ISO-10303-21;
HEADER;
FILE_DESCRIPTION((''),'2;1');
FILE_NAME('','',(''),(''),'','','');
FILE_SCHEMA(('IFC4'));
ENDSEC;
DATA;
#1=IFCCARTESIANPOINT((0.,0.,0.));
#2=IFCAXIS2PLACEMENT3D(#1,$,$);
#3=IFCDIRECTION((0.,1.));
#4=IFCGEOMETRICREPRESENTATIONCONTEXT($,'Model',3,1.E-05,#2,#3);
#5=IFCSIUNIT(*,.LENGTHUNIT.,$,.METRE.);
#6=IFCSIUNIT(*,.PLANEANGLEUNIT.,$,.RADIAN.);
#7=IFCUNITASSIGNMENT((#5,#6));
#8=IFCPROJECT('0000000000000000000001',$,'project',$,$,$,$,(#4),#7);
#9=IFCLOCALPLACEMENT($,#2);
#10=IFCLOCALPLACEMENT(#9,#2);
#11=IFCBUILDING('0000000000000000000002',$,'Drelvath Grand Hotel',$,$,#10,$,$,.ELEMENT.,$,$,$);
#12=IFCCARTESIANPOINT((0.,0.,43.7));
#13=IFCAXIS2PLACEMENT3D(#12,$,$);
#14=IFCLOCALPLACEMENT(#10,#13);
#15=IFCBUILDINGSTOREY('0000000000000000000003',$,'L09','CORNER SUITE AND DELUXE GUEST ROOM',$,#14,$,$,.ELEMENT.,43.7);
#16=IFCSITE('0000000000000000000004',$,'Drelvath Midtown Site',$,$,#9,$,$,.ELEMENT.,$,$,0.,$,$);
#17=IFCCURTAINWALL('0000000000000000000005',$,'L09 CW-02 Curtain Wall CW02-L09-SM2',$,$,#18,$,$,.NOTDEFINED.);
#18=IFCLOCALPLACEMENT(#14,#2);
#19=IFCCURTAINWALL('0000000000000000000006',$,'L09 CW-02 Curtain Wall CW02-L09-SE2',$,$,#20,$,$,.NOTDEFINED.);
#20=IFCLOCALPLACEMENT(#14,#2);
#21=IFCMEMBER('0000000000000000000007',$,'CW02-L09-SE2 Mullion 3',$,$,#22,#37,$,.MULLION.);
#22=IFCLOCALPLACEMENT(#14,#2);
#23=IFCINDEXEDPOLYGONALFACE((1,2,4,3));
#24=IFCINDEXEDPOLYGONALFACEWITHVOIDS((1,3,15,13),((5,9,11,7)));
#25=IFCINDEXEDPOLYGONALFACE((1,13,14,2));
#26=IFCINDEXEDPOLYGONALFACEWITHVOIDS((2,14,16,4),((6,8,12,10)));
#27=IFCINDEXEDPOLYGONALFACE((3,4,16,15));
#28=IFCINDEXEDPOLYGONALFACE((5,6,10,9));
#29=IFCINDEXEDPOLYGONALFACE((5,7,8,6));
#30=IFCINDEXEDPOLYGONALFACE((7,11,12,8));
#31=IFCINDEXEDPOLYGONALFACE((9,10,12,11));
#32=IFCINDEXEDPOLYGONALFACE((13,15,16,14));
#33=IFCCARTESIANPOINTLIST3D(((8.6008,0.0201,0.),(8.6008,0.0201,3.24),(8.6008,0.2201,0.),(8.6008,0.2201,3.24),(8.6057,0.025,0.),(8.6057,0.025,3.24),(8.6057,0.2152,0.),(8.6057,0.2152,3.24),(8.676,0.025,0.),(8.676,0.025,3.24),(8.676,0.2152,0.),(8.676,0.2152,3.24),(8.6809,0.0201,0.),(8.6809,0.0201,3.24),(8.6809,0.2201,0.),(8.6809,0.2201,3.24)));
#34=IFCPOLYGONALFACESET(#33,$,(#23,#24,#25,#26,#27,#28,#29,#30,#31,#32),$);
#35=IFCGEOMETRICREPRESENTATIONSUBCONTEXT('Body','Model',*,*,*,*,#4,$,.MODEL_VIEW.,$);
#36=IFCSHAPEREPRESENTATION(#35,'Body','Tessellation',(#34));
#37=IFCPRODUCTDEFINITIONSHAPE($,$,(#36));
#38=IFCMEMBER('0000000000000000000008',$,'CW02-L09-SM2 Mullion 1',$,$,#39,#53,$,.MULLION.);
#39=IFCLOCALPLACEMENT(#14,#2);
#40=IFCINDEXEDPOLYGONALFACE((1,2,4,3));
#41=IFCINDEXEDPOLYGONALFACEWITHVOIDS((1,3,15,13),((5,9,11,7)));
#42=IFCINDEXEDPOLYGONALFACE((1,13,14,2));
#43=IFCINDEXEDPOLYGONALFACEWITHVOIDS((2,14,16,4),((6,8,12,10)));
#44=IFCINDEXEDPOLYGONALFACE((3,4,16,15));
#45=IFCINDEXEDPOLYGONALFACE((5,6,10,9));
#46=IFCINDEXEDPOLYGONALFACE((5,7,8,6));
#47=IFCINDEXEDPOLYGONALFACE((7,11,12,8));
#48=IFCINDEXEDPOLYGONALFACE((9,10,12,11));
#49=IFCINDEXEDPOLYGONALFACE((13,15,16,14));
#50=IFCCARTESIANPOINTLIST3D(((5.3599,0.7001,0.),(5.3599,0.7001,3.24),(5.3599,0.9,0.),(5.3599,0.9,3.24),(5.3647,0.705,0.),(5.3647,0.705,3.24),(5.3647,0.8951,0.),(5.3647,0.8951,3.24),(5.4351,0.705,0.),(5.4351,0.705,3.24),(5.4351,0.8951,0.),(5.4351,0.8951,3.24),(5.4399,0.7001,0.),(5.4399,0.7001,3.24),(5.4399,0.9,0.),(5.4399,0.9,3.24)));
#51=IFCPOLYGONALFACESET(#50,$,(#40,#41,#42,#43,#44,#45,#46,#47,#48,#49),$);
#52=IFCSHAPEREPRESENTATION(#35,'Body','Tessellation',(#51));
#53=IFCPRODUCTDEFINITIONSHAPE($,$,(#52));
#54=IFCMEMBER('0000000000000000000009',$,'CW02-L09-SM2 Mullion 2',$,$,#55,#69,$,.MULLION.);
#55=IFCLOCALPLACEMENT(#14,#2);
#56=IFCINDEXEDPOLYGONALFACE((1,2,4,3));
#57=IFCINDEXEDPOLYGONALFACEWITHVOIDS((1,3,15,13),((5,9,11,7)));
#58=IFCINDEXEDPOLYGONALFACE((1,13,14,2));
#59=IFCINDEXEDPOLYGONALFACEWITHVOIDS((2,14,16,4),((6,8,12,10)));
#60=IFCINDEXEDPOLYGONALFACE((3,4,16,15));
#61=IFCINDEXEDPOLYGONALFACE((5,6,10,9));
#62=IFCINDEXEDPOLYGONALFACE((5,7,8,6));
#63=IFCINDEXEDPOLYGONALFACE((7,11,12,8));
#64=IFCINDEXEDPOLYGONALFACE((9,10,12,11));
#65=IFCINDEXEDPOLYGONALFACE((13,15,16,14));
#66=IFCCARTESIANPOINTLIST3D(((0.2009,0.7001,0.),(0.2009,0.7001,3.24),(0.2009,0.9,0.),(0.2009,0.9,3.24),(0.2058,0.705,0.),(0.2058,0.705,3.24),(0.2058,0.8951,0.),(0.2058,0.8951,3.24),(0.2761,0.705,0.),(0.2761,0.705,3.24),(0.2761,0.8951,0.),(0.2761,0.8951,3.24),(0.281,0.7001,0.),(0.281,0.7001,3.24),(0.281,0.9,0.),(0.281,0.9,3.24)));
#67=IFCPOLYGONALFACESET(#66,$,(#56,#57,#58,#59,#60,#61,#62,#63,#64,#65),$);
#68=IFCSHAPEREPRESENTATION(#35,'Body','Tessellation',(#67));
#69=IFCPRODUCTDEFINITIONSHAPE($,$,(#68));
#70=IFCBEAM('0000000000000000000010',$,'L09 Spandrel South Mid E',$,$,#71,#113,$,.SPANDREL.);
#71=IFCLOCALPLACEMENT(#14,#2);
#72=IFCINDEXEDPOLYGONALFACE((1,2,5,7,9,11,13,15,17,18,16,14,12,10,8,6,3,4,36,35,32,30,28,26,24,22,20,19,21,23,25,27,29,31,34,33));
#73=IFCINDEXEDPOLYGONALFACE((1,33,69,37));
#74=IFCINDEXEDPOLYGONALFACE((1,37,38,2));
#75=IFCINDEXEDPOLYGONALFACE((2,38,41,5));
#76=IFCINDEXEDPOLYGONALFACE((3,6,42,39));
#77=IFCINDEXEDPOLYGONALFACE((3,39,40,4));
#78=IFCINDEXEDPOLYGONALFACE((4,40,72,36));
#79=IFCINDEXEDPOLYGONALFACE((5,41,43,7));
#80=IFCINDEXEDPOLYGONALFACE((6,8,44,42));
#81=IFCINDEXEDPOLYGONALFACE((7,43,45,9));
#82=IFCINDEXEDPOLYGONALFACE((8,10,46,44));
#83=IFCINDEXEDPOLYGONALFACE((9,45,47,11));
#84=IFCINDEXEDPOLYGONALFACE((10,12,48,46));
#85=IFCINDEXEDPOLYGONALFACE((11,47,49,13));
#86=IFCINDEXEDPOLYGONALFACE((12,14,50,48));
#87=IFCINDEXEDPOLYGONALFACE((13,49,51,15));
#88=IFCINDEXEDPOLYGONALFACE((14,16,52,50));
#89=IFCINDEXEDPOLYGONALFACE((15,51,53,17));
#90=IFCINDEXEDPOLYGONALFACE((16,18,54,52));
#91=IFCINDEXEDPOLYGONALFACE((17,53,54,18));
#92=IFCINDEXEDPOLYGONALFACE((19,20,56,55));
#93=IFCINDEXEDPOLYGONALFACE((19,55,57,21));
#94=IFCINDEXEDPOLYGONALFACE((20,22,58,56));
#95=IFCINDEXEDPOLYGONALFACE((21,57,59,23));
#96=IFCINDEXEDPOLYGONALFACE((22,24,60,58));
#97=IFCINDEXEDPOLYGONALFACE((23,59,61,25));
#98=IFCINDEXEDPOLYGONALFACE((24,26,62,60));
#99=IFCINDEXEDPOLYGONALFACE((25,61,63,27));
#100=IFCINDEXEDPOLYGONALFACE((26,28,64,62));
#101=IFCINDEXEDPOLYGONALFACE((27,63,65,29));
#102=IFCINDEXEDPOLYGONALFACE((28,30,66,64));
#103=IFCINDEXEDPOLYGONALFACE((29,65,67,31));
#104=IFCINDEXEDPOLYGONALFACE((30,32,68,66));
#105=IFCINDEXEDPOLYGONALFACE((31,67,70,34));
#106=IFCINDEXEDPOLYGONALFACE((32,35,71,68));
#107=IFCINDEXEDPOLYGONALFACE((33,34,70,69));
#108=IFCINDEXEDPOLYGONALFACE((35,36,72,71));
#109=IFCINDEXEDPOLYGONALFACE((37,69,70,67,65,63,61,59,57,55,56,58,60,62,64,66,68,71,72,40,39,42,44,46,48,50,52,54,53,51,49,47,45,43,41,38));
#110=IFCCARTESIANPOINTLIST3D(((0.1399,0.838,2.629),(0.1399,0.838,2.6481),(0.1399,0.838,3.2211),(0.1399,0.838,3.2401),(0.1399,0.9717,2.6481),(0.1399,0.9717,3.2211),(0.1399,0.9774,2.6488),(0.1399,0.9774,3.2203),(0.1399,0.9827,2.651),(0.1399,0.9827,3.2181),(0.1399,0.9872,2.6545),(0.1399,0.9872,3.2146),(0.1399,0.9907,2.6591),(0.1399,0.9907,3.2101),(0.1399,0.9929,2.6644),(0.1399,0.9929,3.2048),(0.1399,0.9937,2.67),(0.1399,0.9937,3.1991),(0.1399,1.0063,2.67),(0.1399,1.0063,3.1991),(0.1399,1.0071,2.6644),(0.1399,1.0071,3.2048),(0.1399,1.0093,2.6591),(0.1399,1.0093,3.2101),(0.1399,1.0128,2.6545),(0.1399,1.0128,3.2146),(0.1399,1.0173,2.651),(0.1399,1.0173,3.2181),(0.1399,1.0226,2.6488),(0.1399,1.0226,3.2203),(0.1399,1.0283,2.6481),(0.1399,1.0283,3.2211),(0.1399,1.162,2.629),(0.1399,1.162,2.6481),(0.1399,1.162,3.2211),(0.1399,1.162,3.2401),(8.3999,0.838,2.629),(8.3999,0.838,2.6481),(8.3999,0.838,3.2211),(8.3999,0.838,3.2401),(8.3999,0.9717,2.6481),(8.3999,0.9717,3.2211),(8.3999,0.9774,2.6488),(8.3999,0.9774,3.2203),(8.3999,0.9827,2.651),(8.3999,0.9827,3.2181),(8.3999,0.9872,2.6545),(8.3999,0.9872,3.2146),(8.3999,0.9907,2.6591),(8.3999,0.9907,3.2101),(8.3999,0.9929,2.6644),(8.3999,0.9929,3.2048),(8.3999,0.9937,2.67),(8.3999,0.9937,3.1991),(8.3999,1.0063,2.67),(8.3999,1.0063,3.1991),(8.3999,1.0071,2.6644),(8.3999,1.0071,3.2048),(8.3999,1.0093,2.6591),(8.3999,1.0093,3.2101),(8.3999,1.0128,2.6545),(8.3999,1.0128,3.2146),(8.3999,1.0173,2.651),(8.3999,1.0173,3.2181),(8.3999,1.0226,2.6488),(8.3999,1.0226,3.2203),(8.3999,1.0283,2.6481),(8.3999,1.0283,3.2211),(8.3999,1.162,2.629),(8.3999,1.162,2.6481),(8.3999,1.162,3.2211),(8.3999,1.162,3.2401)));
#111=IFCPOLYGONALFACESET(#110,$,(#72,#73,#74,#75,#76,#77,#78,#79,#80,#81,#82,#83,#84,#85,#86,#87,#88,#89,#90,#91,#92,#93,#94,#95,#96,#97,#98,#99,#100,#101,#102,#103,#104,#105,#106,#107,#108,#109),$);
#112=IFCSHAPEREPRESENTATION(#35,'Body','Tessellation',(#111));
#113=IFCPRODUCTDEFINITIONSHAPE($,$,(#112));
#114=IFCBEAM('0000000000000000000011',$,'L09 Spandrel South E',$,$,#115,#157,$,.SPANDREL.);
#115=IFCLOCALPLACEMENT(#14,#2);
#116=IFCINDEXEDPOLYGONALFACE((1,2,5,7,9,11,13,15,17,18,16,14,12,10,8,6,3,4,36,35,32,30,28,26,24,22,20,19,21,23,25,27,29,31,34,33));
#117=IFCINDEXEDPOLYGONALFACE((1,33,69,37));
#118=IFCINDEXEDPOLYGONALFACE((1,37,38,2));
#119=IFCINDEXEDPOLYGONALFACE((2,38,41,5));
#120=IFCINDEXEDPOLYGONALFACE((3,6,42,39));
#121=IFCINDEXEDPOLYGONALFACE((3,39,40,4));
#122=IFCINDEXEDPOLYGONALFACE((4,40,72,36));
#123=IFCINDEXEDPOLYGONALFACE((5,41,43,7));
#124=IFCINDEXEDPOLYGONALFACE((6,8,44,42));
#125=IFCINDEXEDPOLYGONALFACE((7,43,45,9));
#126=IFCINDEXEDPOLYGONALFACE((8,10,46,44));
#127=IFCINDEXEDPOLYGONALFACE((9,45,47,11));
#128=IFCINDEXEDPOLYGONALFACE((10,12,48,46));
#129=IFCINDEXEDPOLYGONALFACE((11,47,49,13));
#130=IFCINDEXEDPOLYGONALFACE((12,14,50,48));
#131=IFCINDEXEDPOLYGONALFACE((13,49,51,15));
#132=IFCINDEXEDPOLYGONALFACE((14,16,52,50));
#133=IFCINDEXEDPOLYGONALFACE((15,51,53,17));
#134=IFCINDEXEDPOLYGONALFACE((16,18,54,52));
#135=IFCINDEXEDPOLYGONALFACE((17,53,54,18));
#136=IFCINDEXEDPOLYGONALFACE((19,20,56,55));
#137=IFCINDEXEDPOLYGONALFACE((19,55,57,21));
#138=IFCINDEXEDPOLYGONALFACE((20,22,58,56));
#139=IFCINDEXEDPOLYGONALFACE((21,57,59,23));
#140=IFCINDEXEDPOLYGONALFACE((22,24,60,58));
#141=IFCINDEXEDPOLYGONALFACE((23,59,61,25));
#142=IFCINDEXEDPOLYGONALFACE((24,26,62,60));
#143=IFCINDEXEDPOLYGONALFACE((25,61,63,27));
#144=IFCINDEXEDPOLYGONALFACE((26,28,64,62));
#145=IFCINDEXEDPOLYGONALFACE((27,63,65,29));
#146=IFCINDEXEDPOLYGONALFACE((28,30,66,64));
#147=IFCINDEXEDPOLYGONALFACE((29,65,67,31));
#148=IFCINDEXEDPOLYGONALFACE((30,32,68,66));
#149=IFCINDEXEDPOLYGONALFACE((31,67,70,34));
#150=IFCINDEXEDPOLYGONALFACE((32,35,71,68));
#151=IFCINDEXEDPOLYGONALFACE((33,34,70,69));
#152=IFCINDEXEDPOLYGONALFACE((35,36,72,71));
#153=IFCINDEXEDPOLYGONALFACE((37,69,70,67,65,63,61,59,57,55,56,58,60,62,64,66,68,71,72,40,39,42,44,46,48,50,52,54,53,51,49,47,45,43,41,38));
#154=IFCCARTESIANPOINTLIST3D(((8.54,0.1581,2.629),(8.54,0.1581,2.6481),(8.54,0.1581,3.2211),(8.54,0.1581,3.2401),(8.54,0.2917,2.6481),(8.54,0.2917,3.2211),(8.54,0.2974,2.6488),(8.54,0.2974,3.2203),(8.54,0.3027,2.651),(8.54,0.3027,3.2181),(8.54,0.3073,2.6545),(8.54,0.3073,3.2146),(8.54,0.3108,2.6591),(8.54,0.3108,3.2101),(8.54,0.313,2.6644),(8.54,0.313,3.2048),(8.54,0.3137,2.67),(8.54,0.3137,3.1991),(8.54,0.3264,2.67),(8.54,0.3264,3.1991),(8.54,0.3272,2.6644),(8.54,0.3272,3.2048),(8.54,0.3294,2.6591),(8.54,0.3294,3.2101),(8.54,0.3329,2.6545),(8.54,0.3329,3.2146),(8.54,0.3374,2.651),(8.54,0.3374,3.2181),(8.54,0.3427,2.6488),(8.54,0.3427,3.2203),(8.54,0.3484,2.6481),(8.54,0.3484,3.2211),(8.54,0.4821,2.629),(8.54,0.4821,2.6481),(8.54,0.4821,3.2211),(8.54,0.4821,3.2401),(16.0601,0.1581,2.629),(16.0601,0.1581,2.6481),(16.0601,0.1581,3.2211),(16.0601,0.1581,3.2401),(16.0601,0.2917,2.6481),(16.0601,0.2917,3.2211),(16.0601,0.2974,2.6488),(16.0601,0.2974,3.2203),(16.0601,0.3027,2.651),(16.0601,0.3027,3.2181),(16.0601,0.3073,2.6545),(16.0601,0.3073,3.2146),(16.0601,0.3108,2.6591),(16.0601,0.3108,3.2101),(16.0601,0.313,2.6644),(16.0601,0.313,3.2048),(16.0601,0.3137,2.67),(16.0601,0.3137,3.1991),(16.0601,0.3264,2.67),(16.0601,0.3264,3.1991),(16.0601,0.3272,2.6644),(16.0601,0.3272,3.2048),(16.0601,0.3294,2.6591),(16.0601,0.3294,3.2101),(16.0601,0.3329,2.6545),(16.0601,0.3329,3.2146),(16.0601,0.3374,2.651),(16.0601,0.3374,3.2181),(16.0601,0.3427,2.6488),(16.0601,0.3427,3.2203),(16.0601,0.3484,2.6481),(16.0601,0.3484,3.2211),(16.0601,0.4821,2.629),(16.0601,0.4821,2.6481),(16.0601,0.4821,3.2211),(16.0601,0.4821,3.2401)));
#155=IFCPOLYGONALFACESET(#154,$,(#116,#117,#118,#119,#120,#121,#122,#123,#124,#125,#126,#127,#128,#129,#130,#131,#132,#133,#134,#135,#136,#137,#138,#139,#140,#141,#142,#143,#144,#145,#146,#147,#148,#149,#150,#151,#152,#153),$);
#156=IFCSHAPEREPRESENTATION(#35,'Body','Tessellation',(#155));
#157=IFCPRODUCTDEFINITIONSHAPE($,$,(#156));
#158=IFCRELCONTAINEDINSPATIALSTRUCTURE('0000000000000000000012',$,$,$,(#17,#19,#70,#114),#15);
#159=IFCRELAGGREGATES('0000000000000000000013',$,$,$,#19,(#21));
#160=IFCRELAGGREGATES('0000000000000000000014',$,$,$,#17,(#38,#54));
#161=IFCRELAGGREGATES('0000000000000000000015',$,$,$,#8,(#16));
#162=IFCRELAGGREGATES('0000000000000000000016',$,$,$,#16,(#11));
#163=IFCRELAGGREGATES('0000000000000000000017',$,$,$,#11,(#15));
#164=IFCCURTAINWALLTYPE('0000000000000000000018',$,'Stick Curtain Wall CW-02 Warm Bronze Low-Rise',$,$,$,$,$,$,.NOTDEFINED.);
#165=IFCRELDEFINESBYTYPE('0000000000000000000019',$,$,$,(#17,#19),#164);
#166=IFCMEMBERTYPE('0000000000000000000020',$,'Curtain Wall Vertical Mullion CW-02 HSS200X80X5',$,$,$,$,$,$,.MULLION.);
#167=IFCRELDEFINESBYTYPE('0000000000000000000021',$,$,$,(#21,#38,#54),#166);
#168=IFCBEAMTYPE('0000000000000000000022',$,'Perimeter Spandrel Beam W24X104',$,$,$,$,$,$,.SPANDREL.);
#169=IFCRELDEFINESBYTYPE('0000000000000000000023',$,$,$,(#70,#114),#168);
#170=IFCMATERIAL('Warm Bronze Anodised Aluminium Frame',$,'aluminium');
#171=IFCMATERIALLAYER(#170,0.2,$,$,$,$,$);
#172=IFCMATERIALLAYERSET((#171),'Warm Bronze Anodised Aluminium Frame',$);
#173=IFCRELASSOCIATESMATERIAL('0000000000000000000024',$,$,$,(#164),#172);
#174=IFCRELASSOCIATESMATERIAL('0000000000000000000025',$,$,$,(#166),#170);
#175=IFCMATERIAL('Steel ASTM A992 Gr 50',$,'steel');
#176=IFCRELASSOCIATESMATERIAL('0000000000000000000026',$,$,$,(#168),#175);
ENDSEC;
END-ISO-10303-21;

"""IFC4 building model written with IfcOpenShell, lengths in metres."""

from ifc_helpers import new_model, si_unit, direction, frame, origin, origin_2d, place, context, subcontext, project, spatial, hollow_rectangle, i_section, extrude, material, layer, layer_set, material_profile, profile_set, type_object, element, aggregate, save


model = new_model("IFC4")

# Units and contexts
model_context = context("Model", 3, precision=1e-05, world=origin(), true_north=direction((0.0, 1.0)))
body_context = subcontext(model_context, "Body", "Model", "MODEL_VIEW")
ifc_project = project(units=[si_unit("LENGTHUNIT", "METRE"), si_unit("PLANEANGLEUNIT", "RADIAN")], contexts=[model_context])

# Site, building, storey
site_placement = place(None, origin())
site = spatial("IfcSite", under=ifc_project, at=site_placement, Name="Drelvath Midtown Site", CompositionType="ELEMENT", RefElevation=0.0)
building_placement = place(site_placement, origin())
building = spatial("IfcBuilding", under=site, at=building_placement, Name="Drelvath Grand Hotel", CompositionType="ELEMENT")
storey_placement = place(building_placement, frame((0.0, 0.0, 43.7)))
storey = spatial("IfcBuildingStorey", under=building, at=storey_placement, Name="L09", Description="CORNER SUITE AND DELUXE GUEST ROOM", CompositionType="ELEMENT", Elevation=43.7)

# Shared definitions
ifc_material_1 = material(Name="Steel ASTM A992 Gr 50", Category="steel")

# Curtain wall
ifc_material_2 = material(Name="Warm Bronze Anodised Aluminium Frame", Category="aluminium")
ifc_layer_1 = layer(ifc_material_2, 0.2)
ifc_layer_set_1 = layer_set([ifc_layer_1], Name="Warm Bronze Anodised Aluminium Frame")
curtain_wall_type = type_object("IfcCurtainWallType", Name="Stick Curtain Wall CW-02 Warm Bronze Low-Rise", PredefinedType="NOTDEFINED", material=ifc_layer_set_1)
curtain_wall_1_placement = place(storey_placement, origin())
curtain_wall_1 = element("IfcCurtainWall", 1, at=curtain_wall_1_placement, inside=storey, type_object=curtain_wall_type, Name="L09 CW-02 Curtain Wall CW02-L09-SM2", PredefinedType="NOTDEFINED")

# Shared definitions
ifc_material_profile_1 = material_profile(ifc_material_2, hollow_rectangle(XDim=0.0801, YDim=0.2, WallThickness=0.0049, at=origin_2d()), Name="HSS200X80X5")
ifc_profile_set_1 = profile_set([ifc_material_profile_1], Name="Warm Bronze Anodised Aluminium Frame")
member_type_1 = type_object("IfcMemberType", Name="Curtain Wall Vertical Mullion CW-02 HSS200X80X5", PredefinedType="MULLION", material=ifc_profile_set_1)

# Curtain wall, member
curtain_wall_2_placement = place(storey_placement, origin())
curtain_wall_2 = element("IfcCurtainWall", 2, at=curtain_wall_2_placement, inside=storey, type_object=curtain_wall_type, Name="L09 CW-02 Curtain Wall CW02-L09-SE2", PredefinedType="NOTDEFINED")
member_1_placement = place(storey_placement, frame((8.6409, 0.1201, 0.0), z_axis=(0.0, 0.0, 1.0), x_axis=(1.0, 0.0, 0.0)))
member_1 = element("IfcMember", 3, at=member_1_placement, type_object=member_type_1, Name="CW02-L09-SE2 Mullion 3", PredefinedType="MULLION", context=body_context, shape_type="SweptSolid", body=[
    extrude(hollow_rectangle(XDim=0.0801, YDim=0.2, WallThickness=0.0049, at=origin_2d()), origin(), (0.0, 0.0, 1.0), 3.24),
])

# Members
member_2_placement = place(storey_placement, frame((5.3999, 0.8, 0.0), z_axis=(0.0, 0.0, 1.0), x_axis=(1.0, 0.0, 0.0)))
member_2 = element("IfcMember", 4, at=member_2_placement, type_object=member_type_1, Name="CW02-L09-SM2 Mullion 1", PredefinedType="MULLION", context=body_context, shape_type="SweptSolid", body=[
    extrude(hollow_rectangle(XDim=0.0801, YDim=0.2, WallThickness=0.0049, at=origin_2d()), origin(), (0.0, 0.0, 1.0), 3.24),
])
member_3_placement = place(storey_placement, frame((0.241, 0.8, 0.0), z_axis=(0.0, 0.0, 1.0), x_axis=(1.0, 0.0, 0.0)))
member_3 = element("IfcMember", 5, at=member_3_placement, type_object=member_type_1, Name="CW02-L09-SM2 Mullion 2", PredefinedType="MULLION", context=body_context, shape_type="SweptSolid", body=[
    extrude(hollow_rectangle(XDim=0.0801, YDim=0.2, WallThickness=0.0049, at=origin_2d()), origin(), (0.0, 0.0, 1.0), 3.24),
])

# Beams
ifc_material_profile_2 = material_profile(ifc_material_1, i_section(OverallWidth=0.324, OverallDepth=0.6111, WebThickness=0.0127, FlangeThickness=0.019, FilletRadius=0.022, at=origin_2d()), Name="W24X104")
ifc_profile_set_2 = profile_set([ifc_material_profile_2], Name="Steel ASTM A992 Gr 50")
beam_type_1 = type_object("IfcBeamType", Name="Perimeter Spandrel Beam W24X104", PredefinedType="SPANDREL", material=ifc_profile_set_2)
beam_1_placement = place(storey_placement, frame((0.1399, 1.0, 2.9346), z_axis=(1.0, 0.0, 0.0), x_axis=(0.0, 1.0, 0.0)))
element("IfcBeam", 6, at=beam_1_placement, inside=storey, type_object=beam_type_1, Name="L09 Spandrel South Mid E", PredefinedType="SPANDREL", context=body_context, shape_type="SweptSolid", body=[
    extrude(i_section(OverallWidth=0.324, OverallDepth=0.6111, WebThickness=0.0127, FlangeThickness=0.019, FilletRadius=0.022, at=origin_2d()), origin(), (0.0, 0.0, 1.0), 8.26),
])
beam_2_placement = place(storey_placement, frame((8.54, 0.3201, 2.9346), z_axis=(1.0, 0.0, 0.0), x_axis=(0.0, 1.0, 0.0)))
element("IfcBeam", 7, at=beam_2_placement, inside=storey, type_object=beam_type_1, Name="L09 Spandrel South E", PredefinedType="SPANDREL", context=body_context, shape_type="SweptSolid", body=[
    extrude(i_section(OverallWidth=0.324, OverallDepth=0.6111, WebThickness=0.0127, FlangeThickness=0.019, FilletRadius=0.022, at=origin_2d()), origin(), (0.0, 0.0, 1.0), 7.52),
])

aggregate(curtain_wall_2, [member_1])
aggregate(curtain_wall_1, [member_2, member_3])

save(model, "model.ifc")
